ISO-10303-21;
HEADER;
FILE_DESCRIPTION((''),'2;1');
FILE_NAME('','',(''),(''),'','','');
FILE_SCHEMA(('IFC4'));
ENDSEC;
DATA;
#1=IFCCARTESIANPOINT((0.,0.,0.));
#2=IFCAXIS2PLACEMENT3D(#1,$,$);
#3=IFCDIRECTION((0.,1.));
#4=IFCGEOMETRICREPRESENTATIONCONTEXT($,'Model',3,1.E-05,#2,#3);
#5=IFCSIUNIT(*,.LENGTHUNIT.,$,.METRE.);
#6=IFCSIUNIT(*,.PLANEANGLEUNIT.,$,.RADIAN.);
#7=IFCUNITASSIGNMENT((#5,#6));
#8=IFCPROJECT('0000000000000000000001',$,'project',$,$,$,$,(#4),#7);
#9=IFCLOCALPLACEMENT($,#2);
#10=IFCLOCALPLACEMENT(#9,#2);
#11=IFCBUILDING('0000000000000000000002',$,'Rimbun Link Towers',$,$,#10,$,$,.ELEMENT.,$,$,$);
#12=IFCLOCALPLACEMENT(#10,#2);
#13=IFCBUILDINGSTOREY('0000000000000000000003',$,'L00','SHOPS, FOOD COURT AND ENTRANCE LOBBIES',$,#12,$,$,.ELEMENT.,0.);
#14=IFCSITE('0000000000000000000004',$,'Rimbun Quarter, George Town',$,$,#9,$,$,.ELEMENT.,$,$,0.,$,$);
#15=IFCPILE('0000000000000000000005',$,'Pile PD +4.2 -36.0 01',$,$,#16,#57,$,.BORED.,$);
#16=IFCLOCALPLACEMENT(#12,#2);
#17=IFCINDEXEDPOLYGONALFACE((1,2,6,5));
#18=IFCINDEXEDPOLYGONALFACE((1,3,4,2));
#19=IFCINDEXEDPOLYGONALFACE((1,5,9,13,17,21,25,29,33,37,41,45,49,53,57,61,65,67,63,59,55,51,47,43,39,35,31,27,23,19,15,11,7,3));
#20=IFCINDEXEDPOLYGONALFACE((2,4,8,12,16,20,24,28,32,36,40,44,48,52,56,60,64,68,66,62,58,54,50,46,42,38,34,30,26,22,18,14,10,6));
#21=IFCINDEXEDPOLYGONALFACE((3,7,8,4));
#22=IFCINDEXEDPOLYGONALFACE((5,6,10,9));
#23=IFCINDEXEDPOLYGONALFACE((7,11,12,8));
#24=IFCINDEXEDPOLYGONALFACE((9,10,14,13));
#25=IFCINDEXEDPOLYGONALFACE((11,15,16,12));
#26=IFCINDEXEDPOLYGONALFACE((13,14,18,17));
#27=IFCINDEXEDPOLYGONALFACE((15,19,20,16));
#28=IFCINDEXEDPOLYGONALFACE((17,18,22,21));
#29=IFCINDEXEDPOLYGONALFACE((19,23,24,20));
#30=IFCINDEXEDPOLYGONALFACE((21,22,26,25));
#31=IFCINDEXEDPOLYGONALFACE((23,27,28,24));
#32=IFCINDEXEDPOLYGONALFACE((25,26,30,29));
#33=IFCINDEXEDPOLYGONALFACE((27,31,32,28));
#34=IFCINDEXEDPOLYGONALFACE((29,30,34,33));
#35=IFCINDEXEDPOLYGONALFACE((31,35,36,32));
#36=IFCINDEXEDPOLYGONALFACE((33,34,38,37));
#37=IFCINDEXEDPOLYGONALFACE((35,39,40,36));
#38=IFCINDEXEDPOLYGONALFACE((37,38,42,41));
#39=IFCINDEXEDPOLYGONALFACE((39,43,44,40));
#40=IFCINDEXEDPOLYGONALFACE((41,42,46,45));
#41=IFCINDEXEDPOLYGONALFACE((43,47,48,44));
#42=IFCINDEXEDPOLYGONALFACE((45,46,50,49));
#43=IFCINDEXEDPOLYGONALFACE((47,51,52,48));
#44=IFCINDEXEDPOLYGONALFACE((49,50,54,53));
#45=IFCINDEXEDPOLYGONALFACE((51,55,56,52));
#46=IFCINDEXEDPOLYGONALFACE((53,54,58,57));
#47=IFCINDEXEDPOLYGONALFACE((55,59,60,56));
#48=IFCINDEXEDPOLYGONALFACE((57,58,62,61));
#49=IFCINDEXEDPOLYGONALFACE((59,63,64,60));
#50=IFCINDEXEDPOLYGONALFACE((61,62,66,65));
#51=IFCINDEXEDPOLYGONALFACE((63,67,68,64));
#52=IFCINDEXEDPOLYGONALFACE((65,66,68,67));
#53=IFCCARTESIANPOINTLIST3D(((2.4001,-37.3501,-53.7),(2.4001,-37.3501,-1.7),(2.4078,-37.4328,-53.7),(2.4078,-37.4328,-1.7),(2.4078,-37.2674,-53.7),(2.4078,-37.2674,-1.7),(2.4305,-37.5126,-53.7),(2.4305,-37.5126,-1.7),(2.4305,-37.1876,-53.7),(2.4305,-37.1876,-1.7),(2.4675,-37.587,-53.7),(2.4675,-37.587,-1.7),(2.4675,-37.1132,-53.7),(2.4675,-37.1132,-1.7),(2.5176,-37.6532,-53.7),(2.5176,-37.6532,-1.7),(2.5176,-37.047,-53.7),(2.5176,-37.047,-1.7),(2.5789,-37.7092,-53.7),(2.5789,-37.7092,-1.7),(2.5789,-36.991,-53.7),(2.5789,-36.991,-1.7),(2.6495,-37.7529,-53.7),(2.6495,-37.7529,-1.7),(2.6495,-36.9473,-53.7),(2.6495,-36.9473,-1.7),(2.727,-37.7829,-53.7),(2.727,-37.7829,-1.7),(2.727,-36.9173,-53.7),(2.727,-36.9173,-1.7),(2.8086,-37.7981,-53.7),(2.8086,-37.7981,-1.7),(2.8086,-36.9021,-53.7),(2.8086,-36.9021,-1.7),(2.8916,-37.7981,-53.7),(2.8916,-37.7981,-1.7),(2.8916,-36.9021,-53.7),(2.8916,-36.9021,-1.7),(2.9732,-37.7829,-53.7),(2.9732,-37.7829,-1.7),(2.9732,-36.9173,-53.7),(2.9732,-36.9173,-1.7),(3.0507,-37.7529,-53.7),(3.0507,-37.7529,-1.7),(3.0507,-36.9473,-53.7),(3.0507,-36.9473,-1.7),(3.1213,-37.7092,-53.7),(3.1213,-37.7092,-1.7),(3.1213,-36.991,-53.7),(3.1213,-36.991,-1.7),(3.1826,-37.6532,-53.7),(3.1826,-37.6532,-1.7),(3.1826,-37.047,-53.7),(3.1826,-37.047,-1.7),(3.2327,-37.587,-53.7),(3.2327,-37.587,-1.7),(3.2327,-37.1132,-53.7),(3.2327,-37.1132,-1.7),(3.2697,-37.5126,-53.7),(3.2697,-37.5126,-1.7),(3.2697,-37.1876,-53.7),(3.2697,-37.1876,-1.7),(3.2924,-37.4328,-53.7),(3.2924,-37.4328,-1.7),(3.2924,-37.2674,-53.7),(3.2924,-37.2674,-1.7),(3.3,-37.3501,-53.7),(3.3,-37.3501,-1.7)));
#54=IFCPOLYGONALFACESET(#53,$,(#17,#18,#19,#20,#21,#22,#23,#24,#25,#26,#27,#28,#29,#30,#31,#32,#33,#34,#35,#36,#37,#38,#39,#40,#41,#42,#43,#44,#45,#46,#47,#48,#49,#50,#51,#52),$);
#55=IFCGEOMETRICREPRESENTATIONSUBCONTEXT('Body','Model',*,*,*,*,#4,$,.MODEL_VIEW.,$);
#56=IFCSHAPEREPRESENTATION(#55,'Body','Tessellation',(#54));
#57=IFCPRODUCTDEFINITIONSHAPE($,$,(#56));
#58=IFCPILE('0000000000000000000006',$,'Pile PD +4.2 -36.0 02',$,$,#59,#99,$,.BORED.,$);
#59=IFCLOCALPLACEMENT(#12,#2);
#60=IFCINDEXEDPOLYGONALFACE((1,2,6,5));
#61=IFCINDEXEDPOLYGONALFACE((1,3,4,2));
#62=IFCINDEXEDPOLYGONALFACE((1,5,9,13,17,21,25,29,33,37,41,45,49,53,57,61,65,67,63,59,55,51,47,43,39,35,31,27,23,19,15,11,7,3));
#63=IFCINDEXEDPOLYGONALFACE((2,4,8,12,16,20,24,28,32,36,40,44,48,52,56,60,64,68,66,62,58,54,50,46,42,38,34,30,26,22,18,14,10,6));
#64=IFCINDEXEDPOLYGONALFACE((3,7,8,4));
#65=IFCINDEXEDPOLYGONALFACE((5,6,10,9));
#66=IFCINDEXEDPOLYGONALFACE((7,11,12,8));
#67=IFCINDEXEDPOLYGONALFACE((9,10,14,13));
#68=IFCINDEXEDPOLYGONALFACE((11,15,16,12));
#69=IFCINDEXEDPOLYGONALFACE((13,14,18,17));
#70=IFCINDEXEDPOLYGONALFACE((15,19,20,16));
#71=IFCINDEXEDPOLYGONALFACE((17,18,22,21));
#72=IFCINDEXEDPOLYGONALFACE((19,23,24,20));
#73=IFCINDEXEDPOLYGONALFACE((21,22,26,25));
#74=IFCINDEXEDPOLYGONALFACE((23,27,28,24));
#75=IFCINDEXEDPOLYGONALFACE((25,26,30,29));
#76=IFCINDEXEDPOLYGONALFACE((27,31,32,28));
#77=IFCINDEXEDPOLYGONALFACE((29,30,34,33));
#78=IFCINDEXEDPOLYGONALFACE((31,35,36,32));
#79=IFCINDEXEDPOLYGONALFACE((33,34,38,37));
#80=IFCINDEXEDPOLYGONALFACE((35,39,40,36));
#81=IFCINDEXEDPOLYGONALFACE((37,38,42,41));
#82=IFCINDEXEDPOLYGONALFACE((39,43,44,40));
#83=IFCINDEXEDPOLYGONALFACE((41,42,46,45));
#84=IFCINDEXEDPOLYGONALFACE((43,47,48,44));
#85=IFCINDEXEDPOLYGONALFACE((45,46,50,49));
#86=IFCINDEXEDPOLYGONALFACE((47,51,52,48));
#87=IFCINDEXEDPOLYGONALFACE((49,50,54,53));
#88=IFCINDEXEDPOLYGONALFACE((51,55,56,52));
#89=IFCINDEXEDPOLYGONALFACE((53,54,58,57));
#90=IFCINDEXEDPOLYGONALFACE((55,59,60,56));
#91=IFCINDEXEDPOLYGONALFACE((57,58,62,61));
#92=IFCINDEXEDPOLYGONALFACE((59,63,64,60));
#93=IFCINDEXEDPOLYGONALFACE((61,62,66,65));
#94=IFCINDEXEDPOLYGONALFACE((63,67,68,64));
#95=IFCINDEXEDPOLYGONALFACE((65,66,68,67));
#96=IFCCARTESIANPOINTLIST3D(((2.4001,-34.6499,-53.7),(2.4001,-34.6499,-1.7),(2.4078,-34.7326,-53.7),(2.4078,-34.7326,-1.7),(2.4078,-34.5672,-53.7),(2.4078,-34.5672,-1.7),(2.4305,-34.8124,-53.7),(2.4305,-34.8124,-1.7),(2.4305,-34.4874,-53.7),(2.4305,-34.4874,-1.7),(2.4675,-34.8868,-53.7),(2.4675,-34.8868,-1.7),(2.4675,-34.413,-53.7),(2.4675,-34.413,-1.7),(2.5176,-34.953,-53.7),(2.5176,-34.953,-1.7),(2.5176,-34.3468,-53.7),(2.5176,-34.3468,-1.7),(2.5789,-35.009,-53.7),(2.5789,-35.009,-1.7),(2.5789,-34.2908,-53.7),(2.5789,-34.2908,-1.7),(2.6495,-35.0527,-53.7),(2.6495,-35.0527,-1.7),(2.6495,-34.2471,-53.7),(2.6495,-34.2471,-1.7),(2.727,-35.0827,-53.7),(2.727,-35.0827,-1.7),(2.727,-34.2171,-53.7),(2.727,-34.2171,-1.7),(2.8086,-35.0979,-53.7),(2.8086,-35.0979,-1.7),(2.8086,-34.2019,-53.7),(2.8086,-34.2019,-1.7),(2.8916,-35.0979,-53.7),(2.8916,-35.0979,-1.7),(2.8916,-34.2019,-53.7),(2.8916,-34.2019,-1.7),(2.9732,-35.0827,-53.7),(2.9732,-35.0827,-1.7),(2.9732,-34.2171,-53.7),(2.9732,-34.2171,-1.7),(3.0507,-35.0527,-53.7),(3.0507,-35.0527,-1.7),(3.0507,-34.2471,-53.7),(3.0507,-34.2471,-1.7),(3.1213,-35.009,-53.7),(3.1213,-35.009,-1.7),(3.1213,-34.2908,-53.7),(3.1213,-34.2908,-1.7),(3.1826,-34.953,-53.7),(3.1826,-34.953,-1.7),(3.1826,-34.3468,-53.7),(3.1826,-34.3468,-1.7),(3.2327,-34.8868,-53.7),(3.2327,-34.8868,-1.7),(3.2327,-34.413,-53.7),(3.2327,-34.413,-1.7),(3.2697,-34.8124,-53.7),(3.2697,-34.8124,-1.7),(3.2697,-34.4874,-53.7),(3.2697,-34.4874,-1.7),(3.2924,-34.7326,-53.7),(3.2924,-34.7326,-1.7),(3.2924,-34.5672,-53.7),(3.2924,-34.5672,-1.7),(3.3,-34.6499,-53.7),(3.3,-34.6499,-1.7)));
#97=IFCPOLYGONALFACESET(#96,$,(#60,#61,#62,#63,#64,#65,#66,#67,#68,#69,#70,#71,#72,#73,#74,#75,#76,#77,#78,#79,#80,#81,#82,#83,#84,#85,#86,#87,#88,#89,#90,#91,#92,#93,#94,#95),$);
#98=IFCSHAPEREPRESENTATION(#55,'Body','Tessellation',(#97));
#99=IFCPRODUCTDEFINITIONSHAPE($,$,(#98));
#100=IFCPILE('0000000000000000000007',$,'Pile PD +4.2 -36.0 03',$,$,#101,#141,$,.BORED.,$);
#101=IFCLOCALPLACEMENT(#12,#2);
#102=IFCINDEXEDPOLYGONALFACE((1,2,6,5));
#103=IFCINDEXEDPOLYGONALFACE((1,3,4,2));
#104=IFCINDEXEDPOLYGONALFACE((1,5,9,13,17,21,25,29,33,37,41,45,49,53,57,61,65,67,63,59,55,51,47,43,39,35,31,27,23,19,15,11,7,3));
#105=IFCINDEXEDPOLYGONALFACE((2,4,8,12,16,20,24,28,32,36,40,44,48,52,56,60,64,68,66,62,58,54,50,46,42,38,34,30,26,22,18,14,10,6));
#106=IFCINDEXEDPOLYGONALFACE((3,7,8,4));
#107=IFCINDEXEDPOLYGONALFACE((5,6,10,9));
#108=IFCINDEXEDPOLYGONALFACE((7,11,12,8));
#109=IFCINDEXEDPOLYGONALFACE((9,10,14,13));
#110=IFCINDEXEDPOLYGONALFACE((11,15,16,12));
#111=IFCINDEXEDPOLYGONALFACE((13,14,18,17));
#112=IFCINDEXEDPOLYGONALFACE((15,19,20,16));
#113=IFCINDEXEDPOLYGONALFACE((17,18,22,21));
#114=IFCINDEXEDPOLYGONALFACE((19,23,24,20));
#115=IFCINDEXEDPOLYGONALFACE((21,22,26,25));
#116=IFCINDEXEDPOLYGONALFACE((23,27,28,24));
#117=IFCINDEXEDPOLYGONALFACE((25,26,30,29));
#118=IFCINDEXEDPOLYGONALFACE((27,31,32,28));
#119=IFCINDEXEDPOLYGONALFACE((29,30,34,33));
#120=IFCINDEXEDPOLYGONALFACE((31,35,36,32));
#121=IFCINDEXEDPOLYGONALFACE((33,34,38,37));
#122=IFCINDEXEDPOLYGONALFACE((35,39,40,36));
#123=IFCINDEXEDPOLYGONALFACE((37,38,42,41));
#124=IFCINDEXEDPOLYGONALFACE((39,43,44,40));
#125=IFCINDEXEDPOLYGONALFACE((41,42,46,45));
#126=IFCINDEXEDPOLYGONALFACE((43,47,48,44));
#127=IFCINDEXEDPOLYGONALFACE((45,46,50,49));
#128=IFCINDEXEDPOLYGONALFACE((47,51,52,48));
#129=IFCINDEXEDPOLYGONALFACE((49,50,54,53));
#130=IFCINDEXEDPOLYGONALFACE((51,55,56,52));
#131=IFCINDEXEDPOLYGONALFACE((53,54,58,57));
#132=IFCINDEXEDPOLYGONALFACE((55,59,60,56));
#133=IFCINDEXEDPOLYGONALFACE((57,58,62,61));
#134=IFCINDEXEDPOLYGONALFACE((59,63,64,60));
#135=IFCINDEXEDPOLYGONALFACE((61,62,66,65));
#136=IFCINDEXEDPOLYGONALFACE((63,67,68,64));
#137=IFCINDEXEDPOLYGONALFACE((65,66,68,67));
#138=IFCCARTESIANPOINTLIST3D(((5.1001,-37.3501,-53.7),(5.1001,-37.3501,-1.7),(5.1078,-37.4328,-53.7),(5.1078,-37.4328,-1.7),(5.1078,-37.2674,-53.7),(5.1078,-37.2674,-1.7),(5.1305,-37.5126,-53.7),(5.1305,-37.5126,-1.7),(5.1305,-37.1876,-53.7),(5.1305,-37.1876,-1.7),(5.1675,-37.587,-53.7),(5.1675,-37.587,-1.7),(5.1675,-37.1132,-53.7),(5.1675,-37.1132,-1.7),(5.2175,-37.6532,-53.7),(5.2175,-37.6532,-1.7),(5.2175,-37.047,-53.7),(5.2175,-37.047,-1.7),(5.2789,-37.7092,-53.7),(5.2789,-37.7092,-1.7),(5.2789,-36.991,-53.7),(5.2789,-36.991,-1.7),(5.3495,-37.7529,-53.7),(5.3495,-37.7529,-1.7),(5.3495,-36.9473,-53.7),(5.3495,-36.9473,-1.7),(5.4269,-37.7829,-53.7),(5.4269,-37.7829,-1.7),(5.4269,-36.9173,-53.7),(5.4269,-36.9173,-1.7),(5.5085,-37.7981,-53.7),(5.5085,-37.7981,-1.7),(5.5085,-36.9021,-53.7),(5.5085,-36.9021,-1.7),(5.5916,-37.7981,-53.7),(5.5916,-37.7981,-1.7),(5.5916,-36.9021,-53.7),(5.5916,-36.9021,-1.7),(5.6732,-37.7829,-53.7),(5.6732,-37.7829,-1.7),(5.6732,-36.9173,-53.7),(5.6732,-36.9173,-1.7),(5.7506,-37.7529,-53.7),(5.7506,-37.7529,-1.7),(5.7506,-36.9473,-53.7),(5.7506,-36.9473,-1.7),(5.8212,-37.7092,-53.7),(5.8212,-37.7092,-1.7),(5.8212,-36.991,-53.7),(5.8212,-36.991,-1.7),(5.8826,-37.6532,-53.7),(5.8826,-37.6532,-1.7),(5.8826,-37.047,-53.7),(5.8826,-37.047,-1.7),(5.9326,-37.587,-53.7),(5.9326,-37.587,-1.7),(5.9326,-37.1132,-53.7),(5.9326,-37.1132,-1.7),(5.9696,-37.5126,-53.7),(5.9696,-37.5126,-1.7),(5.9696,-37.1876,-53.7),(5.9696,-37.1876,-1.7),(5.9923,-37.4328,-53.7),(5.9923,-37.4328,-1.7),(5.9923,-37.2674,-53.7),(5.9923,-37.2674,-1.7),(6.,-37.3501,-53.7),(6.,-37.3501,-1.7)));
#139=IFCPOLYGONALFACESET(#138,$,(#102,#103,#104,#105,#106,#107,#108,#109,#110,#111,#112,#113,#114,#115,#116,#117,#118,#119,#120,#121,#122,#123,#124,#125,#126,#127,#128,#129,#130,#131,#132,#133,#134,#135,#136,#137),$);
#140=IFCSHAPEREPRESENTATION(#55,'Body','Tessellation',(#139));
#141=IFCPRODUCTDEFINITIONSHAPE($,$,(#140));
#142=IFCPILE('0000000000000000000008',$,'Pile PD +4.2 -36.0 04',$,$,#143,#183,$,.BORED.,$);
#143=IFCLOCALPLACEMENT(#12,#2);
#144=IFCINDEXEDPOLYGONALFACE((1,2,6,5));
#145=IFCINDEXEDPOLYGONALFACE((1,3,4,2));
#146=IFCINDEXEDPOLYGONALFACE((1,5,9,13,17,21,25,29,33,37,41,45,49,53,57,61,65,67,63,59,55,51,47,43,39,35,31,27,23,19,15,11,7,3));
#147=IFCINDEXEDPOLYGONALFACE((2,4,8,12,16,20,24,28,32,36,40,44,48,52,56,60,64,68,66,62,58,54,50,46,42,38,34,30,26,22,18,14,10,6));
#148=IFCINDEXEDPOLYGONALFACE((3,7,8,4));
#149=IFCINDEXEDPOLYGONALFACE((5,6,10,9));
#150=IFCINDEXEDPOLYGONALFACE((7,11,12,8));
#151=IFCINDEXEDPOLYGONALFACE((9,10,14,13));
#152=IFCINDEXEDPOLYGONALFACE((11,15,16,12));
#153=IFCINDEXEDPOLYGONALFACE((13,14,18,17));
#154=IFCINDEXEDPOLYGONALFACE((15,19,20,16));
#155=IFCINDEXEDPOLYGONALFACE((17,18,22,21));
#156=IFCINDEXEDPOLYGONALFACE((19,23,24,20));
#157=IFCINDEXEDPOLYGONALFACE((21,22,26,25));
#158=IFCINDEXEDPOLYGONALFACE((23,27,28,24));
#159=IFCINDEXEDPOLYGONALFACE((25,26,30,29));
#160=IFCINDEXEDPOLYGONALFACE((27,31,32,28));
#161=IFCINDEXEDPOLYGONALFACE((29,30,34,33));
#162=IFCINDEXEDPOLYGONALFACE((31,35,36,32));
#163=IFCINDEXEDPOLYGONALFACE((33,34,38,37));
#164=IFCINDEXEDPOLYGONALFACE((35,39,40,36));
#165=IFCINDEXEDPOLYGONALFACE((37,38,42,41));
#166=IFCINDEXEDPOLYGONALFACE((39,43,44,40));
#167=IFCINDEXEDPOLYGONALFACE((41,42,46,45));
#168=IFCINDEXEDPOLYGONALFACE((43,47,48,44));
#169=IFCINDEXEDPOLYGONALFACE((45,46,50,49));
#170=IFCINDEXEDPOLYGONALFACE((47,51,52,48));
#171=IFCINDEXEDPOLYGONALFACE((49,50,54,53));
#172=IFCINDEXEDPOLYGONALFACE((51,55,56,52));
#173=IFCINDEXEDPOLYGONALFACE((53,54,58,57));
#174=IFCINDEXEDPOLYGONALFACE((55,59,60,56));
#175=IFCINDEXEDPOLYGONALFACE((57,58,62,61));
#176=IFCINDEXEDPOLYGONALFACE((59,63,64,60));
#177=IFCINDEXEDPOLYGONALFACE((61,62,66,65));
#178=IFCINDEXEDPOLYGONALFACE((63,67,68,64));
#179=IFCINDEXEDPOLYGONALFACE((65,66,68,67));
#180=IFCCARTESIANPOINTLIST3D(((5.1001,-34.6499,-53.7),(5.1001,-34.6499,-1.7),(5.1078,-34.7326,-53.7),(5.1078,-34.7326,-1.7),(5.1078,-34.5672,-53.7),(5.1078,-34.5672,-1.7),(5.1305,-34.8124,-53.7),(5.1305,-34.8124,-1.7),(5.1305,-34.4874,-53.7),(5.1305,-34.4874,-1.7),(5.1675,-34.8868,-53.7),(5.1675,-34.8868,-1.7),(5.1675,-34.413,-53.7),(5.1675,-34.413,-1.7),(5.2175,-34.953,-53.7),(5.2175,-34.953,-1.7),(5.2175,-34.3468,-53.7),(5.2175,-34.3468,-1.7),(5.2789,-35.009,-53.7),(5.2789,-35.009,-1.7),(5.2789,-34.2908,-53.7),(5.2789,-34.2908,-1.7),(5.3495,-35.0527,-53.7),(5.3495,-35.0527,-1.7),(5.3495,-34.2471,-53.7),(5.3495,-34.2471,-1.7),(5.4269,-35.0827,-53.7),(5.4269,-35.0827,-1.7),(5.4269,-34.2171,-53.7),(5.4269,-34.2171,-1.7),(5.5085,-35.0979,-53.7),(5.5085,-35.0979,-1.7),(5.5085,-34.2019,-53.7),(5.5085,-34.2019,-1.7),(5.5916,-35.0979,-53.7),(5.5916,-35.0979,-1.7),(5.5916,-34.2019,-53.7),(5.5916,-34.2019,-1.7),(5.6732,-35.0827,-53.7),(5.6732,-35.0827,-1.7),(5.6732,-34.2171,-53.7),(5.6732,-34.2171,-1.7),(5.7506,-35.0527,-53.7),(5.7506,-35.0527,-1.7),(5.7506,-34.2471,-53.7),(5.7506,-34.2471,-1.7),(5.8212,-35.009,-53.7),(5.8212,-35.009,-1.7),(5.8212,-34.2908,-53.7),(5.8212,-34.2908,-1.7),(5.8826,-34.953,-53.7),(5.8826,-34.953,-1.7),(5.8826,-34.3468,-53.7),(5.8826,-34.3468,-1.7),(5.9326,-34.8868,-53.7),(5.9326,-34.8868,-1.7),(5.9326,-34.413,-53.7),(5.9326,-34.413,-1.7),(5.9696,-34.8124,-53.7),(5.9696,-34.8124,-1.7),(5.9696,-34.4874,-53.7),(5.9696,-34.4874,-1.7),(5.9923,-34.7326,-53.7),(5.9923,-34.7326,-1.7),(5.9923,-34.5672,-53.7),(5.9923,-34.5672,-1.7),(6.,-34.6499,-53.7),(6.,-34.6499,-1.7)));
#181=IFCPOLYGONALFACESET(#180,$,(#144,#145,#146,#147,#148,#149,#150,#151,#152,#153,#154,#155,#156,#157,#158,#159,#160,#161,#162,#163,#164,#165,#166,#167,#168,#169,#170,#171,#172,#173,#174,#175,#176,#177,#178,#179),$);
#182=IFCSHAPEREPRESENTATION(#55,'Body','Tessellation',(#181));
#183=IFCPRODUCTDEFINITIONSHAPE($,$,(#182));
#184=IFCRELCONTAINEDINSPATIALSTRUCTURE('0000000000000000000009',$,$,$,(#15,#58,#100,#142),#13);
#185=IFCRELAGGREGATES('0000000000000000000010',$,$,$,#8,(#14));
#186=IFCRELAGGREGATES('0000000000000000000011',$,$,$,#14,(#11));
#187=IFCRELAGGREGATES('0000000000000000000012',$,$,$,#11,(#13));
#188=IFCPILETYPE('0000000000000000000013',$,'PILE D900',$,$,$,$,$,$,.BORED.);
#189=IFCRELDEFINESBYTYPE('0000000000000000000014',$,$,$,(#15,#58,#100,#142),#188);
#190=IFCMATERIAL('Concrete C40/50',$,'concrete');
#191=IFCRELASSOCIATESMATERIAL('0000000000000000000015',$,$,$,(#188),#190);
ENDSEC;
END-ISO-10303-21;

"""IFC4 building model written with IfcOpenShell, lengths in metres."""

from ifc_helpers import new_model, si_unit, direction, frame, origin, origin_2d, place, context, subcontext, project, spatial, circle, extrude, material, material_profile, profile_set, type_object, element, save


model = new_model("IFC4")

# Units and contexts
model_context = context("Model", 3, precision=1e-05, world=origin(), true_north=direction((0.0, 1.0)))
body_context = subcontext(model_context, "Body", "Model", "MODEL_VIEW")
ifc_project = project(units=[si_unit("LENGTHUNIT", "METRE"), si_unit("PLANEANGLEUNIT", "RADIAN")], contexts=[model_context])

# Site, building, storey
site_placement = place(None, origin())
site = spatial("IfcSite", under=ifc_project, at=site_placement, Name="Rimbun Quarter, George Town", CompositionType="ELEMENT", RefElevation=0.0)
building_placement = place(site_placement, origin())
building = spatial("IfcBuilding", under=site, at=building_placement, Name="Rimbun Link Towers", CompositionType="ELEMENT")
storey_placement = place(building_placement, origin())
storey = spatial("IfcBuildingStorey", under=building, at=storey_placement, Name="L00", Description="SHOPS, FOOD COURT AND ENTRANCE LOBBIES", CompositionType="ELEMENT", Elevation=0.0)

# Piles
ifc_material_1 = material(Name="Concrete C40/50", Category="concrete")
ifc_material_profile_1 = material_profile(ifc_material_1, circle(Radius=0.45, at=origin_2d()), Name="PILE D900")
ifc_profile_set_1 = profile_set([ifc_material_profile_1], Name="Concrete C40/50")
pile_type = type_object("IfcPileType", Name="PILE D900", PredefinedType="BORED", material=ifc_profile_set_1)
for number, where, z_axis, x_axis, name in (
    (1, (2.8501, -37.3501, -1.7), (0.0, 0.0, -1.0), (1.0, 0.0, 0.0), "Pile PD +4.2 -36.0 01"),
    (2, (2.8501, -34.6499, -1.7), (0.0, 0.0, -1.0), (1.0, 0.0, 0.0), "Pile PD +4.2 -36.0 02"),
    (3, (5.55, -37.3501, -1.7), (0.0, 0.0, -1.0), (1.0, 0.0, 0.0), "Pile PD +4.2 -36.0 03"),
    (4, (5.55, -34.6499, -1.7), (0.0, 0.0, -1.0), (1.0, 0.0, 0.0), "Pile PD +4.2 -36.0 04"),
):
    element("IfcPile", number, at=place(storey_placement, frame(where, z_axis=z_axis, x_axis=x_axis)), inside=storey, type_object=pile_type, Name=name, PredefinedType="BORED", context=body_context, shape_type="SweptSolid", body=[
        extrude(circle(Radius=0.45, at=origin_2d()), origin(), (0.0, 0.0, 1.0), 52.0),
    ])

save(model, "model.ifc")
